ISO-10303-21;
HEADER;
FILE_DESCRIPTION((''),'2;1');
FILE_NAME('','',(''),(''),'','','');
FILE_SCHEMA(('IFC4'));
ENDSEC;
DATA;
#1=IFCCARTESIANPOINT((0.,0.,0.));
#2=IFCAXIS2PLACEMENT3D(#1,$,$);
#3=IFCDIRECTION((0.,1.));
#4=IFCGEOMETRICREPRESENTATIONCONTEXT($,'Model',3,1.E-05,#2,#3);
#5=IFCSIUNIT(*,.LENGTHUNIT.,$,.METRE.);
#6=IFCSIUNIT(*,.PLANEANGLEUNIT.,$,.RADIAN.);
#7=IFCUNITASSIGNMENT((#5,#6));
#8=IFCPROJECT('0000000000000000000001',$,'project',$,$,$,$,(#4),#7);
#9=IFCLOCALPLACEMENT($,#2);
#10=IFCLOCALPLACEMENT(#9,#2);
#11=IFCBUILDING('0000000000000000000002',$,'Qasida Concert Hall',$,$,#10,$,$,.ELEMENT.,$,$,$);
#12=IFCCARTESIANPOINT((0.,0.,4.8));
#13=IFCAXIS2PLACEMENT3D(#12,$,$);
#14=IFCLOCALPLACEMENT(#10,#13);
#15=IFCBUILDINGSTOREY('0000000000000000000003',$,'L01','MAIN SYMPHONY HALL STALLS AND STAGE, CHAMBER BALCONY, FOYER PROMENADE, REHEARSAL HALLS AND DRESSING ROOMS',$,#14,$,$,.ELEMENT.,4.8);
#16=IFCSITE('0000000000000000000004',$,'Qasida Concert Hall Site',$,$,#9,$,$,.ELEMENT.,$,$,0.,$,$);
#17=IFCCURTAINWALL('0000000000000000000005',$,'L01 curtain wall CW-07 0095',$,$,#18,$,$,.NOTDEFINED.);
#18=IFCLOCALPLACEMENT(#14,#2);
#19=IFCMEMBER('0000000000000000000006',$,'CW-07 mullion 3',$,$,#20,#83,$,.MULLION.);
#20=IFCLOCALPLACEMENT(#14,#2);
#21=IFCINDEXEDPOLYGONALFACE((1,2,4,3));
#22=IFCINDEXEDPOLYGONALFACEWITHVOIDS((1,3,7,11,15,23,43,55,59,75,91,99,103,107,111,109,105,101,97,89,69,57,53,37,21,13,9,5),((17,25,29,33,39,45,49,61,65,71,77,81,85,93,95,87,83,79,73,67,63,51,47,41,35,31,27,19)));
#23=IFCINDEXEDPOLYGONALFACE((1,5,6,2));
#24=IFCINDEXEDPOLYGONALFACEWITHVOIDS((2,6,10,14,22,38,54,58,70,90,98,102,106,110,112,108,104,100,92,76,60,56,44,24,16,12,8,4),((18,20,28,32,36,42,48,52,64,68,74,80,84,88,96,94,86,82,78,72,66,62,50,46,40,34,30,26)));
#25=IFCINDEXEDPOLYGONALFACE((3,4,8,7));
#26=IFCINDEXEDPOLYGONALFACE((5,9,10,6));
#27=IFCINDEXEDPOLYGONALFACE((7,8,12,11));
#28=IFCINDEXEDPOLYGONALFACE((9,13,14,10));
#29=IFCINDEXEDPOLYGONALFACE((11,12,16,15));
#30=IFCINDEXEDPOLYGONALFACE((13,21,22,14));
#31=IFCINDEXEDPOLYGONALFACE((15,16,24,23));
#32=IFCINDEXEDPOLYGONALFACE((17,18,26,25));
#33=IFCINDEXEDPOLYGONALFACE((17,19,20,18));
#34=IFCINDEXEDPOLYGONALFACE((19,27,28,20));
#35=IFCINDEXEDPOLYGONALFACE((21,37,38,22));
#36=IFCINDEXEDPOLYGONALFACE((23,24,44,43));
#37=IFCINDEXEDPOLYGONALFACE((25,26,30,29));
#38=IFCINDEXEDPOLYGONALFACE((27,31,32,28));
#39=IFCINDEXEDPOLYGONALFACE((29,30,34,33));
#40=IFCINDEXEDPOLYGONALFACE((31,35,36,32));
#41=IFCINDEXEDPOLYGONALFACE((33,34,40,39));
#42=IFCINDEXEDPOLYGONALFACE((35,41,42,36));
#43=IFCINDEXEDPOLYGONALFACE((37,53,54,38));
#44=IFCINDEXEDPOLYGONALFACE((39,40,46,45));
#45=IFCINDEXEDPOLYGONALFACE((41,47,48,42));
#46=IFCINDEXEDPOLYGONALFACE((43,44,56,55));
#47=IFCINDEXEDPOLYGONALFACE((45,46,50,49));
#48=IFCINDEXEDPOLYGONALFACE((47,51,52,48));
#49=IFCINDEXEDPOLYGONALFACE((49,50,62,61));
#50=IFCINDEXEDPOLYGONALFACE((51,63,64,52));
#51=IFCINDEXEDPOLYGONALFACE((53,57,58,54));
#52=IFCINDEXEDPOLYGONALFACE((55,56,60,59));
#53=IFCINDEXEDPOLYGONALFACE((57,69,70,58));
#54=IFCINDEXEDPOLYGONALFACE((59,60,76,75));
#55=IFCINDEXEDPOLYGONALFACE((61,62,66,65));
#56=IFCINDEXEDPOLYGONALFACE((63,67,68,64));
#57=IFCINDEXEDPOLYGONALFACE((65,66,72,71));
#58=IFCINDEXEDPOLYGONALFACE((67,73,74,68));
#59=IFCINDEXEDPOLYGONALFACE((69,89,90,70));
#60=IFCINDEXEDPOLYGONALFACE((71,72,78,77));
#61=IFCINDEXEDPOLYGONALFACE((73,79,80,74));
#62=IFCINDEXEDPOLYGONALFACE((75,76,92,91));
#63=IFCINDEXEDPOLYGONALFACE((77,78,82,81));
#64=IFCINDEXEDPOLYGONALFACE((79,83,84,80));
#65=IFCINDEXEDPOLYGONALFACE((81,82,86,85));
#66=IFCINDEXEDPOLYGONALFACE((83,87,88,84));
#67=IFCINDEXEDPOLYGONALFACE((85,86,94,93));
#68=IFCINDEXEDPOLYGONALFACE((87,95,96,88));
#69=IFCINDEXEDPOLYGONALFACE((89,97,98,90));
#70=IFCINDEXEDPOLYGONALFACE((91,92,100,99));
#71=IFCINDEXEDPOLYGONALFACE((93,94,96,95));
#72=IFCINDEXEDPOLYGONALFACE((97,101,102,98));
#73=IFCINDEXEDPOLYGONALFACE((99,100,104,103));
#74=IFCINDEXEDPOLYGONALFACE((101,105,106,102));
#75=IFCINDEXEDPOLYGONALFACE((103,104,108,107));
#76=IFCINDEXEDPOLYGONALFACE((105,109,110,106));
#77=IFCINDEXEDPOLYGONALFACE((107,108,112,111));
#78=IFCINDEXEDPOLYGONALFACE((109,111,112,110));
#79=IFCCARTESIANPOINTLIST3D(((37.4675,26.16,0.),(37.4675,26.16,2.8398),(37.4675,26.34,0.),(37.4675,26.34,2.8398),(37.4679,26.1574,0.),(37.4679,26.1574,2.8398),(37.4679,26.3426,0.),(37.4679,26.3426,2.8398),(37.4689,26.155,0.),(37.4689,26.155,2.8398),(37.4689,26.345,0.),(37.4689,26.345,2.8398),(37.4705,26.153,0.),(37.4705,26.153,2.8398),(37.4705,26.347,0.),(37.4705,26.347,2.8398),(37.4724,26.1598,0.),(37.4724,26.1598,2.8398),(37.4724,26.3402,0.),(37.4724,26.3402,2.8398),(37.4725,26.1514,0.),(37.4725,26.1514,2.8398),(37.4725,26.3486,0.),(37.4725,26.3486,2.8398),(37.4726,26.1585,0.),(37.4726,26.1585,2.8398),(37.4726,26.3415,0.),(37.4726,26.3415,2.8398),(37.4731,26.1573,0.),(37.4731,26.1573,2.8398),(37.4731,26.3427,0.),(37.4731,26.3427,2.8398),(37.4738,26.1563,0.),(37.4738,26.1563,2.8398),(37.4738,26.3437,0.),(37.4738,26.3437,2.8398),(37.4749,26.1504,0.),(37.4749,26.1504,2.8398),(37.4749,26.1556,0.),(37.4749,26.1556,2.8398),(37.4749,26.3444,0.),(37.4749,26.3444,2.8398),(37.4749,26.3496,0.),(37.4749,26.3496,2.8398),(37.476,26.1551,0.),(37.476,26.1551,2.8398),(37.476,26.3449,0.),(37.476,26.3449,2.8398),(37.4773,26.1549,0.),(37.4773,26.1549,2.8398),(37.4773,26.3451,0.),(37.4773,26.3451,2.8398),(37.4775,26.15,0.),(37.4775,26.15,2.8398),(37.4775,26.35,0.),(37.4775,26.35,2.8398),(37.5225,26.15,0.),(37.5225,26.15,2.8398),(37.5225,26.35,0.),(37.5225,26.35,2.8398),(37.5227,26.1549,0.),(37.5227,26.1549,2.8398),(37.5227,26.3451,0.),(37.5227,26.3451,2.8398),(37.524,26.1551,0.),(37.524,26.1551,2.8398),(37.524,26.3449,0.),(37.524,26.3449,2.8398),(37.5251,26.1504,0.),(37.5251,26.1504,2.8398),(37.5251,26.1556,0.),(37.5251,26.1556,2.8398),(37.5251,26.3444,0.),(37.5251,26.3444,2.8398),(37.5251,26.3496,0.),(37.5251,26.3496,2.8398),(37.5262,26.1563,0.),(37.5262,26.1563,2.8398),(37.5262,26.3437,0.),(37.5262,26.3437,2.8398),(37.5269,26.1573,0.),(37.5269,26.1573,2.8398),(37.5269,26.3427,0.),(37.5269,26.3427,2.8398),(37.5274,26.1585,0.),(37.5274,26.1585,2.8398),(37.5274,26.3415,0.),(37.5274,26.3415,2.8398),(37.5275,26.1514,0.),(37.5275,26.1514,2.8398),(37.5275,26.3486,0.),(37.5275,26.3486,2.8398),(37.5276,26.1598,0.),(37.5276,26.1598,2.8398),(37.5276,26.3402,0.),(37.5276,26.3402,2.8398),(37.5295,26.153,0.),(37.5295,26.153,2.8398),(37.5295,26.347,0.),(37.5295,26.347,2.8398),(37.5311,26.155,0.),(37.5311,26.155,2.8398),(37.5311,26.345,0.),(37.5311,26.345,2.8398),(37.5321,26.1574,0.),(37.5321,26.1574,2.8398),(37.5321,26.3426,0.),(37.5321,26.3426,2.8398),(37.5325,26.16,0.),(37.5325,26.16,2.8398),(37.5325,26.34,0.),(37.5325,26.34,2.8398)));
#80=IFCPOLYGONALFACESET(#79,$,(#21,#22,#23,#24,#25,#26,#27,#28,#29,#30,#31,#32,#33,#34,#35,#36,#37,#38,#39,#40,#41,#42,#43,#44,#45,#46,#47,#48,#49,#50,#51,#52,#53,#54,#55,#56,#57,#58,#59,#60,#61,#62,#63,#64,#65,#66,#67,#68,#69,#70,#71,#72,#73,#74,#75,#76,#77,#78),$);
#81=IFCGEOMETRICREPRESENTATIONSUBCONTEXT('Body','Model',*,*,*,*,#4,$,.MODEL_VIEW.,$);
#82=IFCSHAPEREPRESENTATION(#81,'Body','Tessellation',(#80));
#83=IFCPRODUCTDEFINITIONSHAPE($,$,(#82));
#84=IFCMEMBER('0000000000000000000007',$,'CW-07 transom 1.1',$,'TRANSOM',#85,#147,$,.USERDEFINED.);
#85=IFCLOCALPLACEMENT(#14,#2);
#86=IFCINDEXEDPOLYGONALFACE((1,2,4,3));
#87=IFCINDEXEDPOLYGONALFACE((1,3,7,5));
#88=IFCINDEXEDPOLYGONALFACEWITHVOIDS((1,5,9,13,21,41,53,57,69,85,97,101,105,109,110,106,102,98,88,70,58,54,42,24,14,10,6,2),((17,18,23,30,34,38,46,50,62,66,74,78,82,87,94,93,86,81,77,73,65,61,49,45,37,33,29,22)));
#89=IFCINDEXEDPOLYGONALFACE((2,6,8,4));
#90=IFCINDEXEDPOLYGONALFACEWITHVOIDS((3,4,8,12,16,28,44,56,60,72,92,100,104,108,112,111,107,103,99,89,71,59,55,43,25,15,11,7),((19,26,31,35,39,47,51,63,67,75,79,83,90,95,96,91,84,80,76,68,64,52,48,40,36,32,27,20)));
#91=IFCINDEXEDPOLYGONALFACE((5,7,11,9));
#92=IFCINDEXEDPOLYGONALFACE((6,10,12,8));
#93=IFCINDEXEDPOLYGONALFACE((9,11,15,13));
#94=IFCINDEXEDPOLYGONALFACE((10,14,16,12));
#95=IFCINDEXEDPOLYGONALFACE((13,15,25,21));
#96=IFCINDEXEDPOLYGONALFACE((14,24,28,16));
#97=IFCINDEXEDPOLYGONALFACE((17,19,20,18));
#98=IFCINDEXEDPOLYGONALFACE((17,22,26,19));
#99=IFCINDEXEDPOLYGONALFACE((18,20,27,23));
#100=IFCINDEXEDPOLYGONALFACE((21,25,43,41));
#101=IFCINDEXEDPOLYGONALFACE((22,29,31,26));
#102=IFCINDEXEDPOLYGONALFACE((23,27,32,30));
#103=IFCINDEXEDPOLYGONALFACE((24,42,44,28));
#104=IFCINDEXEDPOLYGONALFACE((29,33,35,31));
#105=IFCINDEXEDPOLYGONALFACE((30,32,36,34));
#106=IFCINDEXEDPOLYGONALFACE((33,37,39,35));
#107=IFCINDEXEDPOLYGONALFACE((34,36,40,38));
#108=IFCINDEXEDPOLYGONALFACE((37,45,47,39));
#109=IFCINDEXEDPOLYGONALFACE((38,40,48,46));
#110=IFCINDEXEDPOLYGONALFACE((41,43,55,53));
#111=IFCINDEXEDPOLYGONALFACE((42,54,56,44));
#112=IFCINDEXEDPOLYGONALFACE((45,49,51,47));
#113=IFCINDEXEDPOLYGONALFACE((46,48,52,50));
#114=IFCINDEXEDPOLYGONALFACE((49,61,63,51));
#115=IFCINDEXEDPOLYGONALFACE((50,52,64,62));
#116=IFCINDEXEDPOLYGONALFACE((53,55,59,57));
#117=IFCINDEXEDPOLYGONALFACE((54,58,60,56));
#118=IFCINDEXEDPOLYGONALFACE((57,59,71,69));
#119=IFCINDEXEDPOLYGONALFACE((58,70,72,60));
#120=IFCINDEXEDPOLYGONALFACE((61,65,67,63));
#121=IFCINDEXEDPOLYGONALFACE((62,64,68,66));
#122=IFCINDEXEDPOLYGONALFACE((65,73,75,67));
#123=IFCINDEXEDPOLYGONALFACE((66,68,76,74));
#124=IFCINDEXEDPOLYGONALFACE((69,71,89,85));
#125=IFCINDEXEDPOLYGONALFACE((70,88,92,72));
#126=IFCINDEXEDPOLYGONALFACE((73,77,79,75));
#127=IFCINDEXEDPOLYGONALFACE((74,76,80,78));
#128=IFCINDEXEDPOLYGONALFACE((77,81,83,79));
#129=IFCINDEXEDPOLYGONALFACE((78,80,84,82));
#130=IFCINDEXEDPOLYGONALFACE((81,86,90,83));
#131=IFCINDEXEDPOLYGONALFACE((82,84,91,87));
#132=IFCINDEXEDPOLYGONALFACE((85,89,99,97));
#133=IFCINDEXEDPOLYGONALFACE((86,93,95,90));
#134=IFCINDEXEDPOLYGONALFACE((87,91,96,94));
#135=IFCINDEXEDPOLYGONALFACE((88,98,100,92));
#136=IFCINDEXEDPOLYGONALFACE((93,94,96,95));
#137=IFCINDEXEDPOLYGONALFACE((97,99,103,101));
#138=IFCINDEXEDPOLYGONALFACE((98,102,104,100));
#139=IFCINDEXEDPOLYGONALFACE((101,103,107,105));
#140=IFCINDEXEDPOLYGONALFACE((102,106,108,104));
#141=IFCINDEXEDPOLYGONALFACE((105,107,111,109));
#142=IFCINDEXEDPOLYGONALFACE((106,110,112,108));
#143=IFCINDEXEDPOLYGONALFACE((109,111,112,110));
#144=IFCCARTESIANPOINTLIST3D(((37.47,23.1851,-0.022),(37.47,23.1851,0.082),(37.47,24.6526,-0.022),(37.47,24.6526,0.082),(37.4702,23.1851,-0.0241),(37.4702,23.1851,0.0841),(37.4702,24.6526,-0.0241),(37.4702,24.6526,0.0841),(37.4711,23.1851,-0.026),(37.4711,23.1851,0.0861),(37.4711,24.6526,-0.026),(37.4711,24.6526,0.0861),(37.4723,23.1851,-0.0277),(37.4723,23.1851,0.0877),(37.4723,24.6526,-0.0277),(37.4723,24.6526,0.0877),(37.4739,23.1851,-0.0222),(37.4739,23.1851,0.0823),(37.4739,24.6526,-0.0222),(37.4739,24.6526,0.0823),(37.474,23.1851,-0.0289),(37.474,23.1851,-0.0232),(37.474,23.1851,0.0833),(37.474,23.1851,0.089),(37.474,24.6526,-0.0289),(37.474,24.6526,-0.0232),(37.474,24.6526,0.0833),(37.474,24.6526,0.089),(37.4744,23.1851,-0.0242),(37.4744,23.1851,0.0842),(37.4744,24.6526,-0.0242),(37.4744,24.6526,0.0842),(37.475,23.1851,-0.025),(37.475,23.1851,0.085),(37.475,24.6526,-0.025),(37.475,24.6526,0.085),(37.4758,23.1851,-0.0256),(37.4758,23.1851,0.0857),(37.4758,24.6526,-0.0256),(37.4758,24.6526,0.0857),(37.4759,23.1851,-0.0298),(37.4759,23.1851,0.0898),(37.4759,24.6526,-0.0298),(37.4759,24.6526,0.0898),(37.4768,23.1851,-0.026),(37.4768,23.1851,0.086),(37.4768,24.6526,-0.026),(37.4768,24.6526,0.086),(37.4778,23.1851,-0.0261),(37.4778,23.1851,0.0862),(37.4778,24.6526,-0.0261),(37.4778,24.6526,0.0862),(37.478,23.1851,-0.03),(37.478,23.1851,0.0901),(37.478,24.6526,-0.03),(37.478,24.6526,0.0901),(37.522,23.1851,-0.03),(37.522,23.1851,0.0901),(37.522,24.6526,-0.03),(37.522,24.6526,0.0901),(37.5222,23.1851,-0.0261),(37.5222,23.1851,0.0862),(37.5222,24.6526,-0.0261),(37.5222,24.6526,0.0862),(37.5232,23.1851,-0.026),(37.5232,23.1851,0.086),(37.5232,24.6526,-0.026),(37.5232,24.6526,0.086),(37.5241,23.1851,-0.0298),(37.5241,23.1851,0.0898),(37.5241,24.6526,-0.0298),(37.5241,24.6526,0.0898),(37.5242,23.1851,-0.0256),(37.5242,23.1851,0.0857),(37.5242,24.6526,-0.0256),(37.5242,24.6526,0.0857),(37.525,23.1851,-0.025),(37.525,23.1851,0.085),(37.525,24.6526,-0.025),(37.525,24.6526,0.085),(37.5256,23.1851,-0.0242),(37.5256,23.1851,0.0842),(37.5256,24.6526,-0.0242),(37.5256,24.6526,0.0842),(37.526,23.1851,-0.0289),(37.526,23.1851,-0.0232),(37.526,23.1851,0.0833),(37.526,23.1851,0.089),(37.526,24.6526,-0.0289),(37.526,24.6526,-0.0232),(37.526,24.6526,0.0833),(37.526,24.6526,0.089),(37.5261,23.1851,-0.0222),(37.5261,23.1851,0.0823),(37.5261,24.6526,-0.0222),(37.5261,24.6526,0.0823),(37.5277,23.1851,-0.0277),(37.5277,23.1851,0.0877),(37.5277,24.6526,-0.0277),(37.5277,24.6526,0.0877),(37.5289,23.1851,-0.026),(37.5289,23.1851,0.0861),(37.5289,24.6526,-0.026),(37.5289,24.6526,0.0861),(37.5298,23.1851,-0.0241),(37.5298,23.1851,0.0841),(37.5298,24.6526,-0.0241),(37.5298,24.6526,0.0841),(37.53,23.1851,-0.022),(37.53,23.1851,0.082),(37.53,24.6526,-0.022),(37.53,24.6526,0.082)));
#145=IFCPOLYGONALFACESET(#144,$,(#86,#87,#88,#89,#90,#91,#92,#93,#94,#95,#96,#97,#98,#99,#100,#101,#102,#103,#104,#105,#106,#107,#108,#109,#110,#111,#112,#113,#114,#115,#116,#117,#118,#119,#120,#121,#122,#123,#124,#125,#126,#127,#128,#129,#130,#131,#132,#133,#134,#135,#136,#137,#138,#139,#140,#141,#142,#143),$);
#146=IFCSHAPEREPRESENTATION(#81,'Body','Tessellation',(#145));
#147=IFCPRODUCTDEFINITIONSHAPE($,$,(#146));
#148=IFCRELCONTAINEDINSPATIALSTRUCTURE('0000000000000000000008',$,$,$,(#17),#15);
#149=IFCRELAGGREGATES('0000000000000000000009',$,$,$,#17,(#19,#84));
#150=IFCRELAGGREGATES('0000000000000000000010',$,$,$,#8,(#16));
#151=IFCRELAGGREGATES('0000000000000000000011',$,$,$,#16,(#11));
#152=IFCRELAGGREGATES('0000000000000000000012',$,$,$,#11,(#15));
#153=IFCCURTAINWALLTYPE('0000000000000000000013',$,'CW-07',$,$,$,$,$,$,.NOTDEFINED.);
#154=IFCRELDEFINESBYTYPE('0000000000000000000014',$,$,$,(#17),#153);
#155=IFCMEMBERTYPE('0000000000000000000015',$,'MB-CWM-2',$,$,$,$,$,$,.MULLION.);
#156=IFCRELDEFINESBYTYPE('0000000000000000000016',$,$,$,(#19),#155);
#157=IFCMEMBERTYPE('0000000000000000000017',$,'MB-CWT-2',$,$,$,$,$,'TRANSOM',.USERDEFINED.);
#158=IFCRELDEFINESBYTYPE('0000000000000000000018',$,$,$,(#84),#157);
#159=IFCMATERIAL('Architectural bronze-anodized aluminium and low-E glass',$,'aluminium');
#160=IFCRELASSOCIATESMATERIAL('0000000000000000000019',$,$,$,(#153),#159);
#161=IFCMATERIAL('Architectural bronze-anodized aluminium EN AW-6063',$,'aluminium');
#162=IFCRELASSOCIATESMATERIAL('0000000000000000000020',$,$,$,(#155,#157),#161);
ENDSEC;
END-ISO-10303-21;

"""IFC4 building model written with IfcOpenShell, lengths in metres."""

from ifc_helpers import new_model, si_unit, direction, frame, origin, origin_2d, place, context, subcontext, project, spatial, hollow_rectangle, extrude, material, material_profile, profile_set, type_object, element, aggregate, save


model = new_model("IFC4")

# Units and contexts
model_context = context("Model", 3, precision=1e-05, world=origin(), true_north=direction((0.0, 1.0)))
body_context = subcontext(model_context, "Body", "Model", "MODEL_VIEW")
ifc_project = project(units=[si_unit("LENGTHUNIT", "METRE"), si_unit("PLANEANGLEUNIT", "RADIAN")], contexts=[model_context])

# Site, building, storey
site_placement = place(None, origin())
site = spatial("IfcSite", under=ifc_project, at=site_placement, Name="Qasida Concert Hall Site", CompositionType="ELEMENT", RefElevation=0.0)
building_placement = place(site_placement, origin())
building = spatial("IfcBuilding", under=site, at=building_placement, Name="Qasida Concert Hall", CompositionType="ELEMENT")
storey_placement = place(building_placement, frame((0.0, 0.0, 4.8)))
storey = spatial("IfcBuildingStorey", under=building, at=storey_placement, Name="L01", Description="MAIN SYMPHONY HALL STALLS AND STAGE, CHAMBER BALCONY, FOYER PROMENADE, REHEARSAL HALLS AND DRESSING ROOMS", CompositionType="ELEMENT", Elevation=4.8)

# Shared definitions
ifc_material_1 = material(Name="Architectural bronze-anodized aluminium and low-E glass", Category="aluminium")
curtain_wall_type = type_object("IfcCurtainWallType", Name="CW-07", PredefinedType="NOTDEFINED", material=ifc_material_1)
ifc_material_2 = material(Name="Architectural bronze-anodized aluminium EN AW-6063", Category="aluminium")
ifc_material_profile_1 = material_profile(ifc_material_2, hollow_rectangle(XDim=0.0649, YDim=0.2, WallThickness=0.0049, InnerFilletRadius=0.0049, OuterFilletRadius=0.01, at=origin_2d()), Name="CWM 200x65x5")
ifc_profile_set_1 = profile_set([ifc_material_profile_1], Name="Architectural bronze-anodized aluminium EN AW-6063")
member_type_1 = type_object("IfcMemberType", Name="MB-CWM-2", PredefinedType="MULLION", material=ifc_profile_set_1)

# Curtain wall, members
curtain_wall_1_placement = place(storey_placement, origin())
curtain_wall_1 = element("IfcCurtainWall", 1, at=curtain_wall_1_placement, inside=storey, type_object=curtain_wall_type, Name="L01 curtain wall CW-07 0095", PredefinedType="NOTDEFINED")
member_1_placement = place(storey_placement, frame((37.5, 26.25, 0.0), z_axis=(0.0, 0.0, 1.0), x_axis=(-1.0, 0.0, 0.0)))
member_1 = element("IfcMember", 2, at=member_1_placement, type_object=member_type_1, Name="CW-07 mullion 3", PredefinedType="MULLION", context=body_context, shape_type="SweptSolid", body=[
    extrude(hollow_rectangle(XDim=0.0649, YDim=0.2, WallThickness=0.0049, InnerFilletRadius=0.0049, OuterFilletRadius=0.01, at=origin_2d()), origin(), (0.0, 0.0, 1.0), 2.8398),
])
ifc_material_profile_2 = material_profile(ifc_material_2, hollow_rectangle(XDim=0.0601, YDim=0.1201, WallThickness=0.0039, InnerFilletRadius=0.0039, OuterFilletRadius=0.0081, at=origin_2d()), Name="CWT 120x60x4")
ifc_profile_set_2 = profile_set([ifc_material_profile_2], Name="Architectural bronze-anodized aluminium EN AW-6063")
member_type_2 = type_object("IfcMemberType", Name="MB-CWT-2", ElementType="TRANSOM", PredefinedType="USERDEFINED", material=ifc_profile_set_2)
member_2_placement = place(storey_placement, frame((37.5, 23.1851, 0.03), z_axis=(0.0, 1.0, 0.0), x_axis=(-1.0, 0.0, 0.0)))
member_2 = element("IfcMember", 3, at=member_2_placement, type_object=member_type_2, Name="CW-07 transom 1.1", ObjectType="TRANSOM", PredefinedType="USERDEFINED", context=body_context, shape_type="SweptSolid", body=[
    extrude(hollow_rectangle(XDim=0.0601, YDim=0.1201, WallThickness=0.0039, InnerFilletRadius=0.0039, OuterFilletRadius=0.0081, at=origin_2d()), origin(), (0.0, 0.0, 1.0), 1.4675),
])

aggregate(curtain_wall_1, [member_1, member_2])

save(model, "model.ifc")
